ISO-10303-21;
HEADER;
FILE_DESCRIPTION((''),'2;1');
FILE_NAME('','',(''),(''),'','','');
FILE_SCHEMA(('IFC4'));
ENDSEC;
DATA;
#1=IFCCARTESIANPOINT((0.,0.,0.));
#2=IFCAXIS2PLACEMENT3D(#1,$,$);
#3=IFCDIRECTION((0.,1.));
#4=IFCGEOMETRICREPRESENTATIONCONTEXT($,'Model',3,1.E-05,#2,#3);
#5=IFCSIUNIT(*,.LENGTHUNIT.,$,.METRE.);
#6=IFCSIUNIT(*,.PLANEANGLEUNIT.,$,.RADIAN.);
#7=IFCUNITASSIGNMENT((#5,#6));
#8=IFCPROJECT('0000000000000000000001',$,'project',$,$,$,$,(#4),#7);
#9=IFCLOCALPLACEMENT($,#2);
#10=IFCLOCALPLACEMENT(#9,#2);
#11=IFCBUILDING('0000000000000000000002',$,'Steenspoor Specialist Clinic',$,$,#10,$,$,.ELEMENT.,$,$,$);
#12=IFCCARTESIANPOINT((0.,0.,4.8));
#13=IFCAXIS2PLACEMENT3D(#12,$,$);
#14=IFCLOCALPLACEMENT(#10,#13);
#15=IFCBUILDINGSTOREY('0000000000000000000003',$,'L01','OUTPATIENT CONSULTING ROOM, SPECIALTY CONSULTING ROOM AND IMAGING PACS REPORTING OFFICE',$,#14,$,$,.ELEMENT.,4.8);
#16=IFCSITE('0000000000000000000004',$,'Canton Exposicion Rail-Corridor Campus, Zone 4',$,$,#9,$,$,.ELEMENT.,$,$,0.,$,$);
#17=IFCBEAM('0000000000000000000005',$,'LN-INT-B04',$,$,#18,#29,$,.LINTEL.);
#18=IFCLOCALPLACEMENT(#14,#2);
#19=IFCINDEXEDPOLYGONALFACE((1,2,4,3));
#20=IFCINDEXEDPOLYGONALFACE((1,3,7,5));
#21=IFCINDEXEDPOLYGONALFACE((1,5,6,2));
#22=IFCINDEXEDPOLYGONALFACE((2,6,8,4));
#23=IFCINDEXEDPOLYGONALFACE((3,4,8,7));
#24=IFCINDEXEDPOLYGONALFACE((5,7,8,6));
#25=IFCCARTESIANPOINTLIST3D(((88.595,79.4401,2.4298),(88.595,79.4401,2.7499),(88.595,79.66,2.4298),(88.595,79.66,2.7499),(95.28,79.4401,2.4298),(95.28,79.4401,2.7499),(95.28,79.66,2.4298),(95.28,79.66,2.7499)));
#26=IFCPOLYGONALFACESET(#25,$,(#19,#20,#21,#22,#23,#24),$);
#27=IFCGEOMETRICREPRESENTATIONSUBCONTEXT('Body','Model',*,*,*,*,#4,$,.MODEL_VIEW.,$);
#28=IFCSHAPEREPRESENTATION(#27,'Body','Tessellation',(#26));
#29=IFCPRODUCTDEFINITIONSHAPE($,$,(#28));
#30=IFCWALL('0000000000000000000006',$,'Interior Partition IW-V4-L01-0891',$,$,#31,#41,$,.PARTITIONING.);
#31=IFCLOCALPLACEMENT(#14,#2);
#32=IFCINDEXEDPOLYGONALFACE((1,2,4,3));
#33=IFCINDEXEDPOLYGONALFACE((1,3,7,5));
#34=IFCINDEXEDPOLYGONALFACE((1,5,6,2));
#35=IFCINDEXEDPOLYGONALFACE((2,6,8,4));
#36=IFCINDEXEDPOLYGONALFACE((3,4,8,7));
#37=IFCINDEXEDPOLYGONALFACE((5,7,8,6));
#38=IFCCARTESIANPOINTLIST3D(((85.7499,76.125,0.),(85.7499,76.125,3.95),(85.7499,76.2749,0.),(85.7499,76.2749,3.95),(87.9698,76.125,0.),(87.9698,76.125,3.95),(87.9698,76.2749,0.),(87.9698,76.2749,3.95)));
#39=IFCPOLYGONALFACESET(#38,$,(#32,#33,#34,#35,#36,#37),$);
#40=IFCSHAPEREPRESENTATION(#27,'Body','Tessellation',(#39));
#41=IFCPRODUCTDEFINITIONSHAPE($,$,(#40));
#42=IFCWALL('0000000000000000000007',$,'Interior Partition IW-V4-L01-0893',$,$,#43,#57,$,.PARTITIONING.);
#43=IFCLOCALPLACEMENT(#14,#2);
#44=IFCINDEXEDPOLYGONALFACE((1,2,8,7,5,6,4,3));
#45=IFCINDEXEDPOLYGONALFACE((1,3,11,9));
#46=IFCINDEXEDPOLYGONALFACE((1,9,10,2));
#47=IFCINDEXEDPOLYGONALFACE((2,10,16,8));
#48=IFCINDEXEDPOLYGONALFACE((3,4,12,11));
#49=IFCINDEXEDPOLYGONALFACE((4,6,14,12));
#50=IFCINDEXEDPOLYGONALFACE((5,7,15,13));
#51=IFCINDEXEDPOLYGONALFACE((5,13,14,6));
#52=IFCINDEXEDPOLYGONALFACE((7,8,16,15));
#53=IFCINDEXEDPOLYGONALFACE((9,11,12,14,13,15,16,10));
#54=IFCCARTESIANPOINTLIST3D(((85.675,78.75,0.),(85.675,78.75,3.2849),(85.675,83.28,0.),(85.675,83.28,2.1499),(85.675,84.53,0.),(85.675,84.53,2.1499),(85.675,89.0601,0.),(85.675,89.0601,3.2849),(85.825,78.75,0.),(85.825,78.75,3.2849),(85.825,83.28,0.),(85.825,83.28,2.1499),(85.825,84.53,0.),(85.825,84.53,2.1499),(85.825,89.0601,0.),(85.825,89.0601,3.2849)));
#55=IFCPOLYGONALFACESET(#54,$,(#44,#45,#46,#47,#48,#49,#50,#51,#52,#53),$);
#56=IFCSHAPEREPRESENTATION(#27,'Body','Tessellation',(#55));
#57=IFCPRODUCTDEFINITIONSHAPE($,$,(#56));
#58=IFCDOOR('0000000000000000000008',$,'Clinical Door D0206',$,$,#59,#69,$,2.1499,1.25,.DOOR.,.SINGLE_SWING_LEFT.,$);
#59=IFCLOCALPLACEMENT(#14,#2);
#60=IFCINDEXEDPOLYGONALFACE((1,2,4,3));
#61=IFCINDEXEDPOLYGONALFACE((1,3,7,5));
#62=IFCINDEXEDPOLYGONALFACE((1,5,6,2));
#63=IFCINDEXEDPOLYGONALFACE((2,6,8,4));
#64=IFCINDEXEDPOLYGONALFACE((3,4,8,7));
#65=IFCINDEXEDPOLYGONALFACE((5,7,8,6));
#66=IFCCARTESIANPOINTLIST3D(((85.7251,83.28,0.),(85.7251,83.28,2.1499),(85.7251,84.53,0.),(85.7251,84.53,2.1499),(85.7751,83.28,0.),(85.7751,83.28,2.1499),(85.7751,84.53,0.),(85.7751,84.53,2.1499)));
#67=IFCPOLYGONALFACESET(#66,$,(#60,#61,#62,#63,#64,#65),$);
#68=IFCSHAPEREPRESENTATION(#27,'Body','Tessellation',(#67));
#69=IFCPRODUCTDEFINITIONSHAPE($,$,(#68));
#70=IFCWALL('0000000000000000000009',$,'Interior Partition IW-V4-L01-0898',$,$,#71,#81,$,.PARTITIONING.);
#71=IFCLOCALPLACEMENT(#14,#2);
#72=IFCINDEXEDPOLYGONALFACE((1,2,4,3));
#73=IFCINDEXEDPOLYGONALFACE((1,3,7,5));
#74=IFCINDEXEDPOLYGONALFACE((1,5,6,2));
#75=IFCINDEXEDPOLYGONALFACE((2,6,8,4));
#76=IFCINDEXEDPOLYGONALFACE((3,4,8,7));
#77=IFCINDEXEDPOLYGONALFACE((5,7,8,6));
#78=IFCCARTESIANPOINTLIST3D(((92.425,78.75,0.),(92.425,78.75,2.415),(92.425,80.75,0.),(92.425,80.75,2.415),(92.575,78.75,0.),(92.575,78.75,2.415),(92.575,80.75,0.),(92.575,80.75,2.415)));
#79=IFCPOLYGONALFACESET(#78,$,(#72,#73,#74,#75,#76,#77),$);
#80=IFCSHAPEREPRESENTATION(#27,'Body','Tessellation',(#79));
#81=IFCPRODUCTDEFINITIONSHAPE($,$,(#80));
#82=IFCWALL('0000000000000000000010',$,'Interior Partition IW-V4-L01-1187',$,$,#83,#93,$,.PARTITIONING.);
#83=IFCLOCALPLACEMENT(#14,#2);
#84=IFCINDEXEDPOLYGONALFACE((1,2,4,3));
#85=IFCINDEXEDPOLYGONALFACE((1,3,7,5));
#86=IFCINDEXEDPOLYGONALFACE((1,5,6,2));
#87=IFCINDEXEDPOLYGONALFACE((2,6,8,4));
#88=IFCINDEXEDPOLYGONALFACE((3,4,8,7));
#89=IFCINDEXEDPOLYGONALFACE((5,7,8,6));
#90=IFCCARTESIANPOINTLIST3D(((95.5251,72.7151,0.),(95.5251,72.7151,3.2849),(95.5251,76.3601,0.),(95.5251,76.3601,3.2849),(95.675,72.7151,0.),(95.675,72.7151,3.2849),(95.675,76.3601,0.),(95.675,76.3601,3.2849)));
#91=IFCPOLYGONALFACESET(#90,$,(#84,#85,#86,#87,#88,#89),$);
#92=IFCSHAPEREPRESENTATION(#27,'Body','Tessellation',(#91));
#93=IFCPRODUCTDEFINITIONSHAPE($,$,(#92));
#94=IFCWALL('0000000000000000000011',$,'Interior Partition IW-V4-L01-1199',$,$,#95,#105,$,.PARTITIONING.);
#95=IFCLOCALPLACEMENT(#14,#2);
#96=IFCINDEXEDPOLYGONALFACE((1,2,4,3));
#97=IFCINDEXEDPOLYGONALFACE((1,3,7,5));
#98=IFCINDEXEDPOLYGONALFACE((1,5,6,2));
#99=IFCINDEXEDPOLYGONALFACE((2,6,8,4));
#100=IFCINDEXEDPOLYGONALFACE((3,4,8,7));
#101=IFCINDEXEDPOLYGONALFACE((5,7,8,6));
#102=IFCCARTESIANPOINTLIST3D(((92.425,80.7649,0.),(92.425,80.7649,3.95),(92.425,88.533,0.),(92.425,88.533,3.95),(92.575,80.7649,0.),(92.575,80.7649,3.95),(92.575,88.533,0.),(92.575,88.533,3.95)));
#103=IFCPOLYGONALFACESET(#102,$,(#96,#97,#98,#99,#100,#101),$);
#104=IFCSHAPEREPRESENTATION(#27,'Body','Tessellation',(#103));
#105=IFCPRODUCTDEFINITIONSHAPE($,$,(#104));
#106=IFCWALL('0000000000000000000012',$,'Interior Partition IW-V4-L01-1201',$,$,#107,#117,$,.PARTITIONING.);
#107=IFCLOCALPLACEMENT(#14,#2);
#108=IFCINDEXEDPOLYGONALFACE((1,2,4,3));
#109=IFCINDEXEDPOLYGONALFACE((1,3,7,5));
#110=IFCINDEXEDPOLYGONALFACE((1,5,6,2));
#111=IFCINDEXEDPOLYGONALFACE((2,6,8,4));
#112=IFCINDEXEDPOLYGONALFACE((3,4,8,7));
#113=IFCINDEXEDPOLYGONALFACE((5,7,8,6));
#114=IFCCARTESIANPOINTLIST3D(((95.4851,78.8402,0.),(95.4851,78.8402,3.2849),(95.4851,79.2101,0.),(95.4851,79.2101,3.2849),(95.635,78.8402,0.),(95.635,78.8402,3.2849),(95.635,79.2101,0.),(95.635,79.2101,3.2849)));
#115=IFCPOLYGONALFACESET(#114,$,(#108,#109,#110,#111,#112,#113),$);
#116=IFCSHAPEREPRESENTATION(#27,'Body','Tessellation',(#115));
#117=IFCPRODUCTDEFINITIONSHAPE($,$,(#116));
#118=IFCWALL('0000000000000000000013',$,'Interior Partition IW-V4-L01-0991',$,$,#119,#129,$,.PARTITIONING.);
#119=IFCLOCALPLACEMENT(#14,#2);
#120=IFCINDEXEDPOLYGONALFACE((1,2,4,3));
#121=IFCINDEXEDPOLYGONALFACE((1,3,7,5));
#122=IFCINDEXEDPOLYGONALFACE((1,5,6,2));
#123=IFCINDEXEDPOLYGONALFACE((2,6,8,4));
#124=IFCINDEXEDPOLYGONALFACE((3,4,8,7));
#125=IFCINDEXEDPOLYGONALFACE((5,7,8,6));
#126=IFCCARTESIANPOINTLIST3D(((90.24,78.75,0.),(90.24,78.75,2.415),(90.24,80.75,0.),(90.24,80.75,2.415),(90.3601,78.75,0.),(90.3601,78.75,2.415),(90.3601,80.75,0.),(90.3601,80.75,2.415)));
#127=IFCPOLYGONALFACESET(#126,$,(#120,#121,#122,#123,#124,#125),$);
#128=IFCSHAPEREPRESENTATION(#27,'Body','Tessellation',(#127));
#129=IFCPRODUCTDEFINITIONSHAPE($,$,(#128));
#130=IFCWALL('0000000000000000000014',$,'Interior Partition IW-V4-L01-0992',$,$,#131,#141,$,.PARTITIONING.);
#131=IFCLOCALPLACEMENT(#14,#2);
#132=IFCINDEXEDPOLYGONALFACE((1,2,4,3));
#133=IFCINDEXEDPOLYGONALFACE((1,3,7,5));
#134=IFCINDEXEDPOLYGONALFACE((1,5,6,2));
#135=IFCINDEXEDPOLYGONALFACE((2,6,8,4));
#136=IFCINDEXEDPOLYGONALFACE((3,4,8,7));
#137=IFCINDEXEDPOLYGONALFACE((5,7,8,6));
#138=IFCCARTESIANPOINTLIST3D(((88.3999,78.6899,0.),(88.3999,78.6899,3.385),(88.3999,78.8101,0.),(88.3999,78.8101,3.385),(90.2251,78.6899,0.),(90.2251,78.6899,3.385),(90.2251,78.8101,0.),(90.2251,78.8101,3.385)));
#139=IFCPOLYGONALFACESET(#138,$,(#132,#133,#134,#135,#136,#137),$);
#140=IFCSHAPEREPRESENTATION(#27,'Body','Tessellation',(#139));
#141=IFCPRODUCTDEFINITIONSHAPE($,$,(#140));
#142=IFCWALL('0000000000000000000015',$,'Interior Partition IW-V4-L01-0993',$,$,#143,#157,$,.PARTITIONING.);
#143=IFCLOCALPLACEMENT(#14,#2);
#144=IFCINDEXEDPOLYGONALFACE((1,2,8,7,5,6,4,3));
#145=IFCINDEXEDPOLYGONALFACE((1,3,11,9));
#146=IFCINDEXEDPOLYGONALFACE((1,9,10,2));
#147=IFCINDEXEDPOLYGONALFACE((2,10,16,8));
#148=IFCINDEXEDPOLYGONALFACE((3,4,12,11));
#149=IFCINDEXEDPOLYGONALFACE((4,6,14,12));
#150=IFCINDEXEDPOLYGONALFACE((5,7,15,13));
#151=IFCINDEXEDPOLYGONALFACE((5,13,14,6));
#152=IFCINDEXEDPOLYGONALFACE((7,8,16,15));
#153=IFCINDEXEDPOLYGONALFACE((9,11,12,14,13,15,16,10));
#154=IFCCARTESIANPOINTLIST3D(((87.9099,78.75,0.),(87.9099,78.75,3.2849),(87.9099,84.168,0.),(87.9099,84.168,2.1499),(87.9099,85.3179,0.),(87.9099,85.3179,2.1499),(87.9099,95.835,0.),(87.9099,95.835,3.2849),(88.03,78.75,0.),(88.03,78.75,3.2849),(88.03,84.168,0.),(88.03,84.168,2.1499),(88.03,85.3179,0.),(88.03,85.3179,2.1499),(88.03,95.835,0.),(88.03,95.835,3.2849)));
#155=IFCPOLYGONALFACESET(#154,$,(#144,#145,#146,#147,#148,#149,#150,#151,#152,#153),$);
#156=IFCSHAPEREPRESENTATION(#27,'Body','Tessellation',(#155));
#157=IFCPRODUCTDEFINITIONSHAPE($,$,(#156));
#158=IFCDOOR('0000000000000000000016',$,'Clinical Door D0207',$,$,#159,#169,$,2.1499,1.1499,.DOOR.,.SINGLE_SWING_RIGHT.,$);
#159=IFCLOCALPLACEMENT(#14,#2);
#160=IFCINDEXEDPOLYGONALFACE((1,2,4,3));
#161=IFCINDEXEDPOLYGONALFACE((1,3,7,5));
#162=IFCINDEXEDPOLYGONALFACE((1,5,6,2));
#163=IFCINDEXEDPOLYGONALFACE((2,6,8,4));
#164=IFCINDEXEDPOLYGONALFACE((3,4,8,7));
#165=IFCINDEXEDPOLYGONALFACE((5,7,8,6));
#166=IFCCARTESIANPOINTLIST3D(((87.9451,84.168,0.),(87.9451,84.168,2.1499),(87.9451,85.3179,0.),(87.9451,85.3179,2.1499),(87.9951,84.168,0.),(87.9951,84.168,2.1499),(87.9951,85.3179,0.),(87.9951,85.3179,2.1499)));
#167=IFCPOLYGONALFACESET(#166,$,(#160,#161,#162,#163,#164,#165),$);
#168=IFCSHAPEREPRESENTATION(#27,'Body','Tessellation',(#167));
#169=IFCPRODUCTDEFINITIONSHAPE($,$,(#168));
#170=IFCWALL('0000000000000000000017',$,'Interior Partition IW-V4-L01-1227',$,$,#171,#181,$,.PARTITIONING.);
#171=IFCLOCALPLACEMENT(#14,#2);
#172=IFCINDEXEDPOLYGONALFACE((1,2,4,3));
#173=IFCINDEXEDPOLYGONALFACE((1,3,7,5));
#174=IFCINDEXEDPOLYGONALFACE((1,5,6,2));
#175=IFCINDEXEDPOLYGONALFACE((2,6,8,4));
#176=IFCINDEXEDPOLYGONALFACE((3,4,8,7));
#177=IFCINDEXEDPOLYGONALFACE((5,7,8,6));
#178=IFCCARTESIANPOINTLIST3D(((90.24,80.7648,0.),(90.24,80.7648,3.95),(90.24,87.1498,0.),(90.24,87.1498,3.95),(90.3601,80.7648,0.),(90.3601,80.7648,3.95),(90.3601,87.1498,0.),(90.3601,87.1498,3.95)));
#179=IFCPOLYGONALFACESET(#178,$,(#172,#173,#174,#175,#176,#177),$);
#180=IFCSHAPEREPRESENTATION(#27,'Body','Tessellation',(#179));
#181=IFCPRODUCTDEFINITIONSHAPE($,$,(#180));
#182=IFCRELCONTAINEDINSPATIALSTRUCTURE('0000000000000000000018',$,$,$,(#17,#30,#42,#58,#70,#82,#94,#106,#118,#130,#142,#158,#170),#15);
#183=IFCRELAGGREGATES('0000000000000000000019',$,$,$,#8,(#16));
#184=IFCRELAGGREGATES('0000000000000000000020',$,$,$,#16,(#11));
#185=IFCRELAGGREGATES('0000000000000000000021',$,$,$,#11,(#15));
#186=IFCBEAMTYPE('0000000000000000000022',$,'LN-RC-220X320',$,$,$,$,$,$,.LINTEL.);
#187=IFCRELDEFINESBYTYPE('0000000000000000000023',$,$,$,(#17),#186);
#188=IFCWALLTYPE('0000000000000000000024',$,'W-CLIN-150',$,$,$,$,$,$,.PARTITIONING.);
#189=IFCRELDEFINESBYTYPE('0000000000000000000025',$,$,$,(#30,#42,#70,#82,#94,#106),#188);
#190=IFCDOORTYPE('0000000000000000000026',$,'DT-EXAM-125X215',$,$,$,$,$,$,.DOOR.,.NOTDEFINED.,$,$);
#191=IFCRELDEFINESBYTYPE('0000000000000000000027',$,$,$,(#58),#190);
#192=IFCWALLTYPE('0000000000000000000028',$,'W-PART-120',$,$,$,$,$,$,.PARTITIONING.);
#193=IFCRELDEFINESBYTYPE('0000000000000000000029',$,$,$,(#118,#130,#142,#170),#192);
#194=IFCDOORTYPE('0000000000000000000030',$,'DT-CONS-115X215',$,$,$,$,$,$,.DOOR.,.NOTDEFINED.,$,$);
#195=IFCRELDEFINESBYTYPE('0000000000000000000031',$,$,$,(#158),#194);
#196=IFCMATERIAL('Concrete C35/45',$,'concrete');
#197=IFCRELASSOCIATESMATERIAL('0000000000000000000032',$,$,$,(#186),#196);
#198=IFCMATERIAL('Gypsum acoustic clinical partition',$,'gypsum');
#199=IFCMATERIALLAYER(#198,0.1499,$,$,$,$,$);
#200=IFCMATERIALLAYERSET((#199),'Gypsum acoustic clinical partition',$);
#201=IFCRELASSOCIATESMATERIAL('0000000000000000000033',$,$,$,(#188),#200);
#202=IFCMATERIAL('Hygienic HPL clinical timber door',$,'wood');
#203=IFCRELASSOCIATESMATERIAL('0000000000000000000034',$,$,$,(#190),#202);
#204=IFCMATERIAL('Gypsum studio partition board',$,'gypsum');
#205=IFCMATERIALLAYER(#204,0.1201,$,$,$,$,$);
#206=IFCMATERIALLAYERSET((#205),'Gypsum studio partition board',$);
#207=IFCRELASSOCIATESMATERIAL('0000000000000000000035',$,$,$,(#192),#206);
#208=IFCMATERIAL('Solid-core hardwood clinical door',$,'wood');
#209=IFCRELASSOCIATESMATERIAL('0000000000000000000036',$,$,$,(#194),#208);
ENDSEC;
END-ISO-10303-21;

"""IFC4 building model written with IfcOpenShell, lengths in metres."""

from ifc_helpers import new_model, si_unit, direction, frame, frame_2d, origin, origin_2d, place, context, subcontext, project, spatial, rectangle, extrude, material, layer, layer_set, material_profile, profile_set, type_object, element, fill, save


model = new_model("IFC4")

# Units and contexts
model_context = context("Model", 3, precision=1e-05, world=origin(), true_north=direction((0.0, 1.0)))
body_context = subcontext(model_context, "Body", "Model", "MODEL_VIEW")
ifc_project = project(units=[si_unit("LENGTHUNIT", "METRE"), si_unit("PLANEANGLEUNIT", "RADIAN")], contexts=[model_context])

# Site, building, storey
site_placement = place(None, origin())
site = spatial("IfcSite", under=ifc_project, at=site_placement, Name="Canton Exposicion Rail-Corridor Campus, Zone 4", CompositionType="ELEMENT", RefElevation=0.0)
building_placement = place(site_placement, origin())
building = spatial("IfcBuilding", under=site, at=building_placement, Name="Steenspoor Specialist Clinic", CompositionType="ELEMENT")
storey_placement = place(building_placement, frame((0.0, 0.0, 4.8)))
storey = spatial("IfcBuildingStorey", under=building, at=storey_placement, Name="L01", Description="OUTPATIENT CONSULTING ROOM, SPECIALTY CONSULTING ROOM AND IMAGING PACS REPORTING OFFICE", CompositionType="ELEMENT", Elevation=4.8)

# Shared definitions
ifc_material_1 = material(Name="Concrete C35/45", Category="concrete")

# Beam
ifc_material_profile_1 = material_profile(ifc_material_1, rectangle(XDim=0.22, YDim=0.3201, at=origin_2d()), Name="RC-LN-220X320")
ifc_profile_set_1 = profile_set([ifc_material_profile_1], Name="Concrete C35/45")
beam_type_1 = type_object("IfcBeamType", Name="LN-RC-220X320", PredefinedType="LINTEL", material=ifc_profile_set_1)
beam_1_placement = place(storey_placement, frame((88.595, 79.55, 2.5898), z_axis=(1.0, 0.0, 0.0), x_axis=(0.0, 1.0, 0.0)))
element("IfcBeam", 1, at=beam_1_placement, inside=storey, type_object=beam_type_1, Name="LN-INT-B04", PredefinedType="LINTEL", context=body_context, shape_type="SweptSolid", body=[
    extrude(rectangle(XDim=0.22, YDim=0.3201, at=origin_2d()), origin(), (0.0, 0.0, 1.0), 6.6851),
])

# Shared definitions
ifc_material_2 = material(Name="Gypsum acoustic clinical partition", Category="gypsum")
ifc_layer_1 = layer(ifc_material_2, 0.1499)
ifc_layer_set_1 = layer_set([ifc_layer_1], Name="Gypsum acoustic clinical partition")
wall_type_1 = type_object("IfcWallType", Name="W-CLIN-150", PredefinedType="PARTITIONING", material=ifc_layer_set_1)

# Wall
wall_1_placement = place(storey_placement, frame((85.75, 76.2, 0.0), z_axis=(0.0, 0.0, 1.0), x_axis=(1.0, 0.0, 0.0)))
element("IfcWall", 2, at=wall_1_placement, inside=storey, type_object=wall_type_1, Name="Interior Partition IW-V4-L01-0891", PredefinedType="PARTITIONING", context=body_context, shape_type="SweptSolid", body=[
    extrude(rectangle(XDim=2.22, YDim=0.1499, at=frame_2d((1.1099, 0.0))), origin(), (0.0, 0.0, 1.0), 3.95),
])

# Wall, opening, door
wall_2_placement = place(storey_placement, frame((85.75, 78.75, 0.0), z_axis=(0.0, 0.0, 1.0), x_axis=(0.0, 1.0, 0.0)))
wall_2 = element("IfcWall", 3, at=wall_2_placement, inside=storey, type_object=wall_type_1, Name="Interior Partition IW-V4-L01-0893", PredefinedType="PARTITIONING", context=body_context, shape_type="SweptSolid", body=[
    extrude(rectangle(XDim=10.3101, YDim=0.1499, at=frame_2d((5.155, 0.0))), origin(), (0.0, 0.0, 1.0), 3.2849),
])
opening_1_placement = place(wall_2_placement, frame((4.53, 0.0, 0.0)))
opening_1 = element("IfcOpeningElement", 4, at=opening_1_placement, cuts=wall_2, PredefinedType="OPENING", context=body_context, shape_type="SweptSolid", body=[
    extrude(rectangle(XDim=1.25, YDim=2.1499, at=frame_2d((0.625, 1.075))), frame((0.0, 0.085, 0.0), z_axis=(0.0, -1.0, 0.0), x_axis=(1.0, 0.0, 0.0)), (0.0, 0.0, 1.0), 0.1699),
])
ifc_material_3 = material(Name="Hygienic HPL clinical timber door", Category="wood")
door_type_1 = type_object("IfcDoorType", Name="DT-EXAM-125X215", OperationType="NOTDEFINED", PredefinedType="DOOR", material=ifc_material_3)
door_1_placement = place(opening_1_placement, origin())
door_1 = element("IfcDoor", 5, at=door_1_placement, inside=storey, type_object=door_type_1, Name="Clinical Door D0206", OperationType="SINGLE_SWING_LEFT", OverallHeight=2.1499, OverallWidth=1.25, PredefinedType="DOOR", context=body_context, shape_type="SweptSolid", body=[
    extrude(rectangle(XDim=1.25, YDim=2.1499, at=frame_2d((0.625, 1.075))), frame((0.0, 0.0249, 0.0), z_axis=(0.0, -1.0, 0.0), x_axis=(1.0, 0.0, 0.0)), (0.0, 0.0, 1.0), 0.05),
])
fill(opening_1, door_1)

# Wall
wall_3_placement = place(storey_placement, frame((92.5, 78.75, 0.0), z_axis=(0.0, 0.0, 1.0), x_axis=(0.0, 1.0, 0.0)))
element("IfcWall", 6, at=wall_3_placement, inside=storey, type_object=wall_type_1, Name="Interior Partition IW-V4-L01-0898", PredefinedType="PARTITIONING", context=body_context, shape_type="SweptSolid", body=[
    extrude(rectangle(XDim=2.0, YDim=0.1499, at=frame_2d((1.0, 0.0))), origin(), (0.0, 0.0, 1.0), 2.415),
])

# Walls
wall_4_placement = place(storey_placement, frame((95.6001, 72.7151, 0.0), z_axis=(0.0, 0.0, 1.0), x_axis=(0.0, 1.0, 0.0)))
element("IfcWall", 7, at=wall_4_placement, inside=storey, type_object=wall_type_1, Name="Interior Partition IW-V4-L01-1187", PredefinedType="PARTITIONING", context=body_context, shape_type="SweptSolid", body=[
    extrude(rectangle(XDim=3.645, YDim=0.1499, at=frame_2d((1.8225, 0.0))), origin(), (0.0, 0.0, 1.0), 3.2849),
])
wall_5_placement = place(storey_placement, frame((92.5, 80.7649, 0.0), z_axis=(0.0, 0.0, 1.0), x_axis=(0.0, 1.0, 0.0)))
element("IfcWall", 8, at=wall_5_placement, inside=storey, type_object=wall_type_1, Name="Interior Partition IW-V4-L01-1199", PredefinedType="PARTITIONING", context=body_context, shape_type="SweptSolid", body=[
    extrude(rectangle(XDim=7.7681, YDim=0.1499, at=frame_2d((3.884, 0.0))), origin(), (0.0, 0.0, 1.0), 3.95),
])
wall_6_placement = place(storey_placement, frame((95.5601, 78.8401, 0.0), z_axis=(0.0, 0.0, 1.0), x_axis=(0.0, 1.0, 0.0)))
element("IfcWall", 9, at=wall_6_placement, inside=storey, type_object=wall_type_1, Name="Interior Partition IW-V4-L01-1201", PredefinedType="PARTITIONING", context=body_context, shape_type="SweptSolid", body=[
    extrude(rectangle(XDim=0.3699, YDim=0.1499, at=frame_2d((0.1851, 0.0))), origin(), (0.0, 0.0, 1.0), 3.2849),
])
ifc_material_4 = material(Name="Gypsum studio partition board", Category="gypsum")
ifc_layer_2 = layer(ifc_material_4, 0.1201)
ifc_layer_set_2 = layer_set([ifc_layer_2], Name="Gypsum studio partition board")
wall_type_2 = type_object("IfcWallType", Name="W-PART-120", PredefinedType="PARTITIONING", material=ifc_layer_set_2)
wall_7_placement = place(storey_placement, frame((90.3, 78.75, 0.0), z_axis=(0.0, 0.0, 1.0), x_axis=(0.0, 1.0, 0.0)))
element("IfcWall", 10, at=wall_7_placement, inside=storey, type_object=wall_type_2, Name="Interior Partition IW-V4-L01-0991", PredefinedType="PARTITIONING", context=body_context, shape_type="SweptSolid", body=[
    extrude(rectangle(XDim=2.0, YDim=0.1201, at=frame_2d((1.0, 0.0))), origin(), (0.0, 0.0, 1.0), 2.415),
])
wall_8_placement = place(storey_placement, frame((88.3999, 78.75, 0.0), z_axis=(0.0, 0.0, 1.0), x_axis=(1.0, 0.0, 0.0)))
element("IfcWall", 11, at=wall_8_placement, inside=storey, type_object=wall_type_2, Name="Interior Partition IW-V4-L01-0992", PredefinedType="PARTITIONING", context=body_context, shape_type="SweptSolid", body=[
    extrude(rectangle(XDim=1.8252, YDim=0.1201, at=frame_2d((0.9126, 0.0))), origin(), (0.0, 0.0, 1.0), 3.385),
])

# Wall, opening, door
wall_9_placement = place(storey_placement, frame((87.97, 78.75, 0.0), z_axis=(0.0, 0.0, 1.0), x_axis=(0.0, 1.0, 0.0)))
wall_9 = element("IfcWall", 12, at=wall_9_placement, inside=storey, type_object=wall_type_2, Name="Interior Partition IW-V4-L01-0993", PredefinedType="PARTITIONING", context=body_context, shape_type="SweptSolid", body=[
    extrude(rectangle(XDim=17.085, YDim=0.1201, at=frame_2d((8.5425, 0.0))), origin(), (0.0, 0.0, 1.0), 3.2849),
])
opening_2_placement = place(wall_9_placement, frame((5.418, 0.0, 0.0)))
opening_2 = element("IfcOpeningElement", 13, at=opening_2_placement, cuts=wall_9, PredefinedType="OPENING", context=body_context, shape_type="SweptSolid", body=[
    extrude(rectangle(XDim=1.1499, YDim=2.1499, at=frame_2d((0.575, 1.075))), frame((0.0, 0.0701, 0.0), z_axis=(0.0, -1.0, 0.0), x_axis=(1.0, 0.0, 0.0)), (0.0, 0.0, 1.0), 0.1401),
])
ifc_material_5 = material(Name="Solid-core hardwood clinical door", Category="wood")
door_type_2 = type_object("IfcDoorType", Name="DT-CONS-115X215", OperationType="NOTDEFINED", PredefinedType="DOOR", material=ifc_material_5)
door_2_placement = place(opening_2_placement, origin())
door_2 = element("IfcDoor", 14, at=door_2_placement, inside=storey, type_object=door_type_2, Name="Clinical Door D0207", OperationType="SINGLE_SWING_RIGHT", OverallHeight=2.1499, OverallWidth=1.1499, PredefinedType="DOOR", context=body_context, shape_type="SweptSolid", body=[
    extrude(rectangle(XDim=1.1499, YDim=2.1499, at=frame_2d((0.575, 1.075))), frame((0.0, 0.0249, 0.0), z_axis=(0.0, -1.0, 0.0), x_axis=(1.0, 0.0, 0.0)), (0.0, 0.0, 1.0), 0.05),
])
fill(opening_2, door_2)

# Wall
wall_10_placement = place(storey_placement, frame((90.3, 80.7649, 0.0), z_axis=(0.0, 0.0, 1.0), x_axis=(0.0, 1.0, 0.0)))
element("IfcWall", 15, at=wall_10_placement, inside=storey, type_object=wall_type_2, Name="Interior Partition IW-V4-L01-1227", PredefinedType="PARTITIONING", context=body_context, shape_type="SweptSolid", body=[
    extrude(rectangle(XDim=6.385, YDim=0.1201, at=frame_2d((3.1924, 0.0))), origin(), (0.0, 0.0, 1.0), 3.95),
])

save(model, "model.ifc")
